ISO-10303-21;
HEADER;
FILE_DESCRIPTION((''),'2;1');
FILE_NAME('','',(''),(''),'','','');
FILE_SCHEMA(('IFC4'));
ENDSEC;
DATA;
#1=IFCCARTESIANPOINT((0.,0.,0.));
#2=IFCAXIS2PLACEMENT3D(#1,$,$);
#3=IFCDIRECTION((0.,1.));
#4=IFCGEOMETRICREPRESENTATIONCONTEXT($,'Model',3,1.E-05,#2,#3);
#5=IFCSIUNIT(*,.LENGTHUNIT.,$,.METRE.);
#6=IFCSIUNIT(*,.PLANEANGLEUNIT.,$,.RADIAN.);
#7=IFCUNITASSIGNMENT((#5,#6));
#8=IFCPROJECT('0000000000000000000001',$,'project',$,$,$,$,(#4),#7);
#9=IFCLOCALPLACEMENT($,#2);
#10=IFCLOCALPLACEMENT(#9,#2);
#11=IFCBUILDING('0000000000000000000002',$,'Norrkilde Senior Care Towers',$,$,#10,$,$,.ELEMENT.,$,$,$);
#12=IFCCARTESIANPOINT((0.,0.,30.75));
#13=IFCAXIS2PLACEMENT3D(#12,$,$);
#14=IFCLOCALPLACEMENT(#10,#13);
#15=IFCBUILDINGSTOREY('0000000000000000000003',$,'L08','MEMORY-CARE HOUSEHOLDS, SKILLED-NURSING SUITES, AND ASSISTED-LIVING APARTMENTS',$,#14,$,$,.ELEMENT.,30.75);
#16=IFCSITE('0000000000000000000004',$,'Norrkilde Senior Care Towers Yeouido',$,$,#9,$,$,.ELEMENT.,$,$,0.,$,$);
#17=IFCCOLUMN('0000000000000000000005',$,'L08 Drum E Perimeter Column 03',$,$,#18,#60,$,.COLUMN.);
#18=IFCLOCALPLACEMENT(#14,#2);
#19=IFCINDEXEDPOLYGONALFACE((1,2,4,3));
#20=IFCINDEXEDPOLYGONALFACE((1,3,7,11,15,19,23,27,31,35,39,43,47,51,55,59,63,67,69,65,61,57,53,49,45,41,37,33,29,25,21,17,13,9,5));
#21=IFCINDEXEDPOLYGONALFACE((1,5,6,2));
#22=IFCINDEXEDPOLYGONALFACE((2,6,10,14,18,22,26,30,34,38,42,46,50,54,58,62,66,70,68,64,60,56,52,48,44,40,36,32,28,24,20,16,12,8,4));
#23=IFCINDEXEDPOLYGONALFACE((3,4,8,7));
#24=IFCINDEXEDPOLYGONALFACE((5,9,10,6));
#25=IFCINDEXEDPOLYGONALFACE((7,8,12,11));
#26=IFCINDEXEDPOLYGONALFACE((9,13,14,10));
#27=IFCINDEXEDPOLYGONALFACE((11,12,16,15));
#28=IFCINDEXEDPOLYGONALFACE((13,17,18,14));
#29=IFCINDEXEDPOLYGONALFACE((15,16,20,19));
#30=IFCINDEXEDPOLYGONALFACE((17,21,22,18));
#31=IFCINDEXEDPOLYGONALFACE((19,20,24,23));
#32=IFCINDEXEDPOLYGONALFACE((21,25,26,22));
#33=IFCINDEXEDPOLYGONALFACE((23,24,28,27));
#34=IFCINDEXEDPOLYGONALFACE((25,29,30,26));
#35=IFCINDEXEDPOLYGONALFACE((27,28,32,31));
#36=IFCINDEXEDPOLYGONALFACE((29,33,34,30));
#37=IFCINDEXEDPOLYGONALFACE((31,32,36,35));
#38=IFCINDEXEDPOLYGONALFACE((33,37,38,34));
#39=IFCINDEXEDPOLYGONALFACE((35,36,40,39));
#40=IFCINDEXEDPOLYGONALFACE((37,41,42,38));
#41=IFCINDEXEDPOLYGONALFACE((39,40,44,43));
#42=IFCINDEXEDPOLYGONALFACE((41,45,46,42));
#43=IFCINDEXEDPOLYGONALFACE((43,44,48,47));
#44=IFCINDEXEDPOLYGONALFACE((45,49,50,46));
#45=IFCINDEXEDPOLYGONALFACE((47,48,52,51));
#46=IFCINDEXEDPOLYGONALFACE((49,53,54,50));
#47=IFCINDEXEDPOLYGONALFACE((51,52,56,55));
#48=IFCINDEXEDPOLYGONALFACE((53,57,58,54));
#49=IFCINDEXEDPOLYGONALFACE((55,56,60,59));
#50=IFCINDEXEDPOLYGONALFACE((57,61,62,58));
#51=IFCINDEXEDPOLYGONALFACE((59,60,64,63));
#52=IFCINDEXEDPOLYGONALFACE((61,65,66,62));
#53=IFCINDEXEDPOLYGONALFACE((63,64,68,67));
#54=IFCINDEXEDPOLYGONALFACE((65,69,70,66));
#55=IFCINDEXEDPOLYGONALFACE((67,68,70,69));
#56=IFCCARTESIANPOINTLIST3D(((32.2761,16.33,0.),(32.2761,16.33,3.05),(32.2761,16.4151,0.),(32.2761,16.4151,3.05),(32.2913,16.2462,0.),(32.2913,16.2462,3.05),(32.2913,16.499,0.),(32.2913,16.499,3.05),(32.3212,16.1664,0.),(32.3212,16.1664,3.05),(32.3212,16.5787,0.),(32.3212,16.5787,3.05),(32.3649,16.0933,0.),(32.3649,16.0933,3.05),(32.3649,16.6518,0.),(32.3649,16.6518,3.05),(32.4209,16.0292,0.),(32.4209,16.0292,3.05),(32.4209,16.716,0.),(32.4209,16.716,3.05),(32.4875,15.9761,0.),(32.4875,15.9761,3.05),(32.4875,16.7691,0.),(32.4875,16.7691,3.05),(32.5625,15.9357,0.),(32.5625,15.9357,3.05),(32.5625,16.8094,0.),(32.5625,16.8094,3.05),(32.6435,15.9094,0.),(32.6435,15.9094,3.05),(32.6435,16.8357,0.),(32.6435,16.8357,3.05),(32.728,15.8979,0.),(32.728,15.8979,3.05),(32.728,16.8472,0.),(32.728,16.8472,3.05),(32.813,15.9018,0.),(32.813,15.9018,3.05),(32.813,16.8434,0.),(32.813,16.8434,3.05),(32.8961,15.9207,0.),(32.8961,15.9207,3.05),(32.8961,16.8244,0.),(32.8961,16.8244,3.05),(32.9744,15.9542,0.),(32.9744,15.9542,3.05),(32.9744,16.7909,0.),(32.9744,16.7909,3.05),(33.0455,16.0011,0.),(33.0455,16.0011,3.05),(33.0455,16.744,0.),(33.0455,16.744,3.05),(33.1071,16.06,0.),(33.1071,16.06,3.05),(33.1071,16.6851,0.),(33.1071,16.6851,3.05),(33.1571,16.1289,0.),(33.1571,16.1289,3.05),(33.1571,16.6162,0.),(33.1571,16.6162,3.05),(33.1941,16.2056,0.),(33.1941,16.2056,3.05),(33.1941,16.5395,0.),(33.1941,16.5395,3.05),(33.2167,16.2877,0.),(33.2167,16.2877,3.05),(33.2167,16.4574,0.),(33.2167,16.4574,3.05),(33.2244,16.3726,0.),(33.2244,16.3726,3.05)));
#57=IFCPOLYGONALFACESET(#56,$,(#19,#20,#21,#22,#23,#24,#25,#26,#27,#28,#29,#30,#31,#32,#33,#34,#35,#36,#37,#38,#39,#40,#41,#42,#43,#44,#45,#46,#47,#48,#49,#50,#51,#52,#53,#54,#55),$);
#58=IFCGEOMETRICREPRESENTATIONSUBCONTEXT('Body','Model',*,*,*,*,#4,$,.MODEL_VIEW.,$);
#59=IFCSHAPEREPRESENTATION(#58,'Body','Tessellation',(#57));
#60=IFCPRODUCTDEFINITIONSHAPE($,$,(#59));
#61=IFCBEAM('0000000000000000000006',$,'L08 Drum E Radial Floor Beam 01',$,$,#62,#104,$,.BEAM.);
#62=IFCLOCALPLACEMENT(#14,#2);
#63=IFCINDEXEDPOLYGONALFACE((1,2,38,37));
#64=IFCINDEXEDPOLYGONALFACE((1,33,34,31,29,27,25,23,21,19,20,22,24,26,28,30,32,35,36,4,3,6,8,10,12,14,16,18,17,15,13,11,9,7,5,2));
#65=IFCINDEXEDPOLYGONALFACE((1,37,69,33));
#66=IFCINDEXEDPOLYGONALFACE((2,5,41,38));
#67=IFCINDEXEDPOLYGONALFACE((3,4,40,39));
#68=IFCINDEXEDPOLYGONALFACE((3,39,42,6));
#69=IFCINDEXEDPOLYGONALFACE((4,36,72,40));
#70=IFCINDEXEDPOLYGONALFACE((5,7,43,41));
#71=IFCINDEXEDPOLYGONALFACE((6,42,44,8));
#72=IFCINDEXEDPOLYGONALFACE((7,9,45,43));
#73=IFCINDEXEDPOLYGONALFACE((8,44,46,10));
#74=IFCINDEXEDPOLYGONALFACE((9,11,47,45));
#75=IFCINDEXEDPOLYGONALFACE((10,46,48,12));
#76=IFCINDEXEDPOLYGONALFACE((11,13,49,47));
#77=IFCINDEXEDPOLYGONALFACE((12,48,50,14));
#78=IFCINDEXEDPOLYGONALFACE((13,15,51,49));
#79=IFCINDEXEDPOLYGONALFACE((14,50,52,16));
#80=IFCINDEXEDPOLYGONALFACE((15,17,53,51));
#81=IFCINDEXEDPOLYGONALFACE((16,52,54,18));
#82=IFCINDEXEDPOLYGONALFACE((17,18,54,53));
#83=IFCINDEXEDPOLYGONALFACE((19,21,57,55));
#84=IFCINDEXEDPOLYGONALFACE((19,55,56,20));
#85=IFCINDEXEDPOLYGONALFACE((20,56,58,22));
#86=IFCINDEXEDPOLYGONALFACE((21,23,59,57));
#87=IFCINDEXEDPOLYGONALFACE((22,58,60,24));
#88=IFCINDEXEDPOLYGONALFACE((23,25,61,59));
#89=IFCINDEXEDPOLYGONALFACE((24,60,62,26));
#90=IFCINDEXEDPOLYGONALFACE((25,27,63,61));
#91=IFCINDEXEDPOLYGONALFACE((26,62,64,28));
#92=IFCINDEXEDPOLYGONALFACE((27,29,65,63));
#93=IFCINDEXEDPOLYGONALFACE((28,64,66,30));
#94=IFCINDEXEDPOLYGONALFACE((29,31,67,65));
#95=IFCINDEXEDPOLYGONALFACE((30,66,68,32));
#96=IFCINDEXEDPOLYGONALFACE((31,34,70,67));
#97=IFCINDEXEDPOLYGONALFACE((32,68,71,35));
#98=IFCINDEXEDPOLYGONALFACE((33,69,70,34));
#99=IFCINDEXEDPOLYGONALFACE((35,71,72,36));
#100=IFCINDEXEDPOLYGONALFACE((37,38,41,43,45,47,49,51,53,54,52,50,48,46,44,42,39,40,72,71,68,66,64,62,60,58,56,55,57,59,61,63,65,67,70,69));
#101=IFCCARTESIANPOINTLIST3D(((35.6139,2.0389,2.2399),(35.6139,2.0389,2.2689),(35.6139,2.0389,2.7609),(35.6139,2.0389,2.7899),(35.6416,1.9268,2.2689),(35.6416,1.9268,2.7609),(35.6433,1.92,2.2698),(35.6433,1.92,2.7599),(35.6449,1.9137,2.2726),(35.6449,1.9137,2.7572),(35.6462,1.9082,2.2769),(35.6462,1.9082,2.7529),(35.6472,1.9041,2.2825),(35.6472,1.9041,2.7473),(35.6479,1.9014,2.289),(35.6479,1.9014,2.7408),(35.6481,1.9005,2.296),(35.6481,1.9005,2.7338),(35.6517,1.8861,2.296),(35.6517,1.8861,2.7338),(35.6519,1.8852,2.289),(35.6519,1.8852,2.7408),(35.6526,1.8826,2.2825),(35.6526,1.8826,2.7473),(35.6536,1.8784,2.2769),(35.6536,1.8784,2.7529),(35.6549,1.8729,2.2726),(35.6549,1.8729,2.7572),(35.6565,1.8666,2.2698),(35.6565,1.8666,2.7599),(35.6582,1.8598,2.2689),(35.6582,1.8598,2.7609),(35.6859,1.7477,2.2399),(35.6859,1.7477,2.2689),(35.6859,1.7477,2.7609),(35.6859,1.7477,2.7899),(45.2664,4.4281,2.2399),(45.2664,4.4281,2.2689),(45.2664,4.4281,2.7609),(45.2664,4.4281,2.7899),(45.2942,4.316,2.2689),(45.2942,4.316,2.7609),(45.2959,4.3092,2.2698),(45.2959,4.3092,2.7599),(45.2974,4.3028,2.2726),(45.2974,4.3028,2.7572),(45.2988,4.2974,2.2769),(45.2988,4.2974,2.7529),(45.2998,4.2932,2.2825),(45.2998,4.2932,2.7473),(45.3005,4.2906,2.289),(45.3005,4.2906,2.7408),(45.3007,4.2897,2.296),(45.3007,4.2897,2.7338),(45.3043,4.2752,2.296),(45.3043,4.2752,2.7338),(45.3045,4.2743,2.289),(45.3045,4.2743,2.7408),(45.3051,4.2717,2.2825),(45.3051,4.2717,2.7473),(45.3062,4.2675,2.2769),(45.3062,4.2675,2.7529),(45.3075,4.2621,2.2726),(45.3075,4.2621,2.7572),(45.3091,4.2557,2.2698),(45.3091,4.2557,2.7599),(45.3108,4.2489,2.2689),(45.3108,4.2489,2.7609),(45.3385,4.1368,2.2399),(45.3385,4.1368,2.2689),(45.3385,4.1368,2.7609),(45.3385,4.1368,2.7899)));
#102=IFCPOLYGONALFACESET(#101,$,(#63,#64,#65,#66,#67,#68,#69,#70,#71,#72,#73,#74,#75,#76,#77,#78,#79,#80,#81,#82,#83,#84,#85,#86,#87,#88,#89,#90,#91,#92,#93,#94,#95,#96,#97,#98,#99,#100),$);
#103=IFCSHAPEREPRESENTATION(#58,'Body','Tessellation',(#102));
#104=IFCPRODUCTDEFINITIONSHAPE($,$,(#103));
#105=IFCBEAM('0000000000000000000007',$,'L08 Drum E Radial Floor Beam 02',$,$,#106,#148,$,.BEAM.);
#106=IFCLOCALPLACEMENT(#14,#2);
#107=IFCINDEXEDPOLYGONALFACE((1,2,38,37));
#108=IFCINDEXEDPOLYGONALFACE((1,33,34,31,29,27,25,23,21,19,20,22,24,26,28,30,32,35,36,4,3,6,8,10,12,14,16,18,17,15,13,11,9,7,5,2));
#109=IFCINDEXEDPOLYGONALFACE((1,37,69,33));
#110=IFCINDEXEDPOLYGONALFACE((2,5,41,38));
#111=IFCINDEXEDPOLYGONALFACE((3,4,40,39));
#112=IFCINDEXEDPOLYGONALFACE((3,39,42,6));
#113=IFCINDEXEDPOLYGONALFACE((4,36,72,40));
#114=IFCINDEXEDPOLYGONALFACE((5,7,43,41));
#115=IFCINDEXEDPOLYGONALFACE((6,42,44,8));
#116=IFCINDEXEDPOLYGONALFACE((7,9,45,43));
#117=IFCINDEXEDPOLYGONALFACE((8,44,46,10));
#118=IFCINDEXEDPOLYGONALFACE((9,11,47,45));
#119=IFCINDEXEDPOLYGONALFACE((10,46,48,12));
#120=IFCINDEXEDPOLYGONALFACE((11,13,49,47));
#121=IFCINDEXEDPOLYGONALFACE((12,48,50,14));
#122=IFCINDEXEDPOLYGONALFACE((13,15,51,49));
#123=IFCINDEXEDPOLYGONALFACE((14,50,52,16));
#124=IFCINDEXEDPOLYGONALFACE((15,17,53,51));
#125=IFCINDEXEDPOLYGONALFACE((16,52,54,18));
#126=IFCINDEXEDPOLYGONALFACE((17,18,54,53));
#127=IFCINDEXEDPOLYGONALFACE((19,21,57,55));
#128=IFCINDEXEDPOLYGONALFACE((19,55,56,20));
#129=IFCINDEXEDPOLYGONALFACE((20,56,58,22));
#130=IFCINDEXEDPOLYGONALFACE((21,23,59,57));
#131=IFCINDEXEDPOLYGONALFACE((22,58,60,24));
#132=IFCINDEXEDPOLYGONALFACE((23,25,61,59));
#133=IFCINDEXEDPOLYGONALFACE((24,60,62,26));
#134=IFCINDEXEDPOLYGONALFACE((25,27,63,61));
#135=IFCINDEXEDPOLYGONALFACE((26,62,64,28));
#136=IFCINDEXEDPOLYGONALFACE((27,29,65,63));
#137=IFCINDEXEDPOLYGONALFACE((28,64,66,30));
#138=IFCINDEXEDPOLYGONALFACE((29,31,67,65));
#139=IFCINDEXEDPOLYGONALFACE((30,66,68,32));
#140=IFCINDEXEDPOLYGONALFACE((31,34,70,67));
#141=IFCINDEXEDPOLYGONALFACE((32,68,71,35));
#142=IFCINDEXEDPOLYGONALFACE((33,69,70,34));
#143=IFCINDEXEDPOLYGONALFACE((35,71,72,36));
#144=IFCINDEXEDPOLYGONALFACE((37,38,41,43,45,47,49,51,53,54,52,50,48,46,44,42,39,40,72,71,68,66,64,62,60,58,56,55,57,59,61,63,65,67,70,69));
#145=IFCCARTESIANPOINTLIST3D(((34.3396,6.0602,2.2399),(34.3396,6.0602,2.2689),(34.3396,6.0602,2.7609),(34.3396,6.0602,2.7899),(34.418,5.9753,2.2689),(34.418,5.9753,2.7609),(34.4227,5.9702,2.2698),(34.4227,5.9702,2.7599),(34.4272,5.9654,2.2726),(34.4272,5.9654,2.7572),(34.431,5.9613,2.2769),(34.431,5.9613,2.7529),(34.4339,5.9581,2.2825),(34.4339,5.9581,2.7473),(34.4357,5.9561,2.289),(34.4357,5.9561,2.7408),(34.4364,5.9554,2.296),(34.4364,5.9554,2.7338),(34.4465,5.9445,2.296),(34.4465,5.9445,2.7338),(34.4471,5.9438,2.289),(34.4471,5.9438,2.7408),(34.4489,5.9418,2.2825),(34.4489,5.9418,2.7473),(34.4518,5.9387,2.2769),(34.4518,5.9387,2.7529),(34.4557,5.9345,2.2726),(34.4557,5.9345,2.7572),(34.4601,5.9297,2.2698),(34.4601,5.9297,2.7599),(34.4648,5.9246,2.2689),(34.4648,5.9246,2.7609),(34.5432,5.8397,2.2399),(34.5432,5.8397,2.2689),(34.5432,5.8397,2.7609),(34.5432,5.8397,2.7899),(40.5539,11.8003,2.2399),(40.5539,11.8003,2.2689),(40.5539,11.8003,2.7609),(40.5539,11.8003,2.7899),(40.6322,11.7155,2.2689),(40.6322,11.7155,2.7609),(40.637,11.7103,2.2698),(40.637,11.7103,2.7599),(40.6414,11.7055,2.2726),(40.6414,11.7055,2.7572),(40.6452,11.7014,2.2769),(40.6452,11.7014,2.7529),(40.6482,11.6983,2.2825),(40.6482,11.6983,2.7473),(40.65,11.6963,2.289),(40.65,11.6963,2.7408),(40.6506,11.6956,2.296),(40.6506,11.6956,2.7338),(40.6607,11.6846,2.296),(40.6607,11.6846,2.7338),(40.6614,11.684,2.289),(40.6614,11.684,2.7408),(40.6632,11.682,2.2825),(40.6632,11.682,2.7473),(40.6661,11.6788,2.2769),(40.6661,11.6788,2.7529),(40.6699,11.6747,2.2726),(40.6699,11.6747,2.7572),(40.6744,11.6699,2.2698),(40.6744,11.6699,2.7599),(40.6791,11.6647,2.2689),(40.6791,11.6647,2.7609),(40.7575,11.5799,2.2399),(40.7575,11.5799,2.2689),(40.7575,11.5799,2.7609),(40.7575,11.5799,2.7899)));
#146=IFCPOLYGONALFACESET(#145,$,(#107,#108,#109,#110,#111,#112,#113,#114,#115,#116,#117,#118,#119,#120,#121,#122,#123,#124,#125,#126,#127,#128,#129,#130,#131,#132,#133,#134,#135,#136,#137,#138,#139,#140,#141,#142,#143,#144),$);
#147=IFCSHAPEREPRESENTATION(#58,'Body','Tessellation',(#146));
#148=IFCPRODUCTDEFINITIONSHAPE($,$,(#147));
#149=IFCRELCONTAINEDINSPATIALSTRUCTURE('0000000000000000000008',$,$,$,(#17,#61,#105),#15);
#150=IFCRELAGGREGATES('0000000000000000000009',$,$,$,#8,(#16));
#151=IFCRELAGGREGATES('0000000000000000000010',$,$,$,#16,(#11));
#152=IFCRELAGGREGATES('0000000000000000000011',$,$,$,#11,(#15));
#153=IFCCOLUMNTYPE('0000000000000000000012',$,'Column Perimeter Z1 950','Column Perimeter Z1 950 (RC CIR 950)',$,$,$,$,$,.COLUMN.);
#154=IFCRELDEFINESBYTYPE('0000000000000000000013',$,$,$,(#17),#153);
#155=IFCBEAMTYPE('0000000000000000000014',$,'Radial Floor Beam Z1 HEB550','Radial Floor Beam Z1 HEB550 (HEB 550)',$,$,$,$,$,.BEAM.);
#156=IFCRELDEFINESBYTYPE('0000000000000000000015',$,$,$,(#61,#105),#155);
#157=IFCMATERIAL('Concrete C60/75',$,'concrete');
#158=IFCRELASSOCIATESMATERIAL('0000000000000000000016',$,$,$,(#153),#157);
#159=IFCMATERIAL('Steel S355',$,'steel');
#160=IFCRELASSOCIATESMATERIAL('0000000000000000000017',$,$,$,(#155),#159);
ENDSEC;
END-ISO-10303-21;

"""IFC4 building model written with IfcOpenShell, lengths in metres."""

from ifc_helpers import new_model, si_unit, direction, frame, origin, origin_2d, place, context, subcontext, project, spatial, circle, i_section, extrude, source, transform, mapped, material, material_profile, profile_set, type_object, type_shapes, element, save


model = new_model("IFC4")

# Units and contexts
model_context = context("Model", 3, precision=1e-05, world=origin(), true_north=direction((0.0, 1.0)))
body_context = subcontext(model_context, "Body", "Model", "MODEL_VIEW")
ifc_project = project(units=[si_unit("LENGTHUNIT", "METRE"), si_unit("PLANEANGLEUNIT", "RADIAN")], contexts=[model_context])

# Site, building, storey
site_placement = place(None, origin())
site = spatial("IfcSite", under=ifc_project, at=site_placement, Name="Norrkilde Senior Care Towers Yeouido", CompositionType="ELEMENT", RefElevation=0.0)
building_placement = place(site_placement, origin())
building = spatial("IfcBuilding", under=site, at=building_placement, Name="Norrkilde Senior Care Towers", CompositionType="ELEMENT")
storey_placement = place(building_placement, frame((0.0, 0.0, 30.75)))
storey = spatial("IfcBuildingStorey", under=building, at=storey_placement, Name="L08", Description="MEMORY-CARE HOUSEHOLDS, SKILLED-NURSING SUITES, AND ASSISTED-LIVING APARTMENTS", CompositionType="ELEMENT", Elevation=30.75)

# Column
ifc_material_1 = material(Name="Concrete C60/75", Category="concrete")
ifc_material_profile_1 = material_profile(ifc_material_1, circle(Radius=0.4751, at=origin_2d()), Name="RC CIR 950")
ifc_profile_set_1 = profile_set([ifc_material_profile_1], Name="Concrete C60/75")
column_type = type_object("IfcColumnType", Name="Column Perimeter Z1 950", Description="Column Perimeter Z1 950 (RC CIR 950)", PredefinedType="COLUMN", material=ifc_profile_set_1)
shared_shape_1 = source(origin(), body_context, "Body", "SweptSolid", [
    extrude(circle(Radius=0.4751, at=origin_2d()), origin(), (0.0, 0.0, 1.0), 3.05),
])
type_shapes(column_type, [shared_shape_1])
column_placement = place(storey_placement, frame((32.7493, 16.3726, 0.0), z_axis=(0.0, 0.0, 1.0), x_axis=(1.0, 0.0, 0.0)))
element("IfcColumn", 1, at=column_placement, inside=storey, type_object=column_type, Name="L08 Drum E Perimeter Column 03", PredefinedType="COLUMN", context=body_context, shape_type="MappedRepresentation", body=[
    mapped(shared_shape_1, transform((0.0, 0.0, 0.0), x_axis=(1.0, 0.0, 0.0), y_axis=(0.0, 1.0, 0.0), z_axis=(0.0, 0.0, 1.0), scale=1.0)),
])

# Beams
ifc_material_2 = material(Name="Steel S355", Category="steel")
ifc_material_profile_2 = material_profile(ifc_material_2, i_section(OverallWidth=0.3, OverallDepth=0.55, WebThickness=0.0149, FlangeThickness=0.0291, FilletRadius=0.0271, at=origin_2d()), Name="HEB 550")
ifc_profile_set_2 = profile_set([ifc_material_profile_2], Name="Steel S355")
beam_type_1 = type_object("IfcBeamType", Name="Radial Floor Beam Z1 HEB550", Description="Radial Floor Beam Z1 HEB550 (HEB 550)", PredefinedType="BEAM", material=ifc_profile_set_2)
shared_shape_2 = source(origin(), body_context, "Body", "SweptSolid", [
    extrude(i_section(OverallWidth=0.3, OverallDepth=0.55, WebThickness=0.0149, FlangeThickness=0.0291, FilletRadius=0.0271, at=origin_2d()), origin(), (0.0, 0.0, 1.0), 9.9438),
])
beam_1_placement = place(storey_placement, frame((35.6499, 1.8933, 2.5149), z_axis=(0.970707, 0.240265, 0.0), x_axis=(-0.240265, 0.970707, 0.0)))
element("IfcBeam", 2, at=beam_1_placement, inside=storey, type_object=beam_type_1, Name="L08 Drum E Radial Floor Beam 01", PredefinedType="BEAM", context=body_context, shape_type="MappedRepresentation", body=[
    mapped(shared_shape_2, transform((0.0, 0.0, 0.0), x_axis=(1.0, 0.0, 0.0), y_axis=(0.0, 1.0, 0.0), z_axis=(0.0, 0.0, 1.0), scale=1.0)),
])
shared_shape_3 = source(origin(), body_context, "Body", "SweptSolid", [
    extrude(i_section(OverallWidth=0.3, OverallDepth=0.55, WebThickness=0.0149, FlangeThickness=0.0291, FilletRadius=0.0271, at=origin_2d()), origin(), (0.0, 0.0, 1.0), 8.4597),
])
beam_2_placement = place(storey_placement, frame((34.4414, 5.95, 2.5149), z_axis=(0.734573, 0.678529, 0.0), x_axis=(-0.678529, 0.734573, 0.0)))
element("IfcBeam", 3, at=beam_2_placement, inside=storey, type_object=beam_type_1, Name="L08 Drum E Radial Floor Beam 02", PredefinedType="BEAM", context=body_context, shape_type="MappedRepresentation", body=[
    mapped(shared_shape_3, transform((0.0, 0.0, 0.0), x_axis=(1.0, 0.0, 0.0), y_axis=(0.0, 1.0, 0.0), z_axis=(0.0, 0.0, 1.0), scale=1.0)),
])

save(model, "model.ifc")
